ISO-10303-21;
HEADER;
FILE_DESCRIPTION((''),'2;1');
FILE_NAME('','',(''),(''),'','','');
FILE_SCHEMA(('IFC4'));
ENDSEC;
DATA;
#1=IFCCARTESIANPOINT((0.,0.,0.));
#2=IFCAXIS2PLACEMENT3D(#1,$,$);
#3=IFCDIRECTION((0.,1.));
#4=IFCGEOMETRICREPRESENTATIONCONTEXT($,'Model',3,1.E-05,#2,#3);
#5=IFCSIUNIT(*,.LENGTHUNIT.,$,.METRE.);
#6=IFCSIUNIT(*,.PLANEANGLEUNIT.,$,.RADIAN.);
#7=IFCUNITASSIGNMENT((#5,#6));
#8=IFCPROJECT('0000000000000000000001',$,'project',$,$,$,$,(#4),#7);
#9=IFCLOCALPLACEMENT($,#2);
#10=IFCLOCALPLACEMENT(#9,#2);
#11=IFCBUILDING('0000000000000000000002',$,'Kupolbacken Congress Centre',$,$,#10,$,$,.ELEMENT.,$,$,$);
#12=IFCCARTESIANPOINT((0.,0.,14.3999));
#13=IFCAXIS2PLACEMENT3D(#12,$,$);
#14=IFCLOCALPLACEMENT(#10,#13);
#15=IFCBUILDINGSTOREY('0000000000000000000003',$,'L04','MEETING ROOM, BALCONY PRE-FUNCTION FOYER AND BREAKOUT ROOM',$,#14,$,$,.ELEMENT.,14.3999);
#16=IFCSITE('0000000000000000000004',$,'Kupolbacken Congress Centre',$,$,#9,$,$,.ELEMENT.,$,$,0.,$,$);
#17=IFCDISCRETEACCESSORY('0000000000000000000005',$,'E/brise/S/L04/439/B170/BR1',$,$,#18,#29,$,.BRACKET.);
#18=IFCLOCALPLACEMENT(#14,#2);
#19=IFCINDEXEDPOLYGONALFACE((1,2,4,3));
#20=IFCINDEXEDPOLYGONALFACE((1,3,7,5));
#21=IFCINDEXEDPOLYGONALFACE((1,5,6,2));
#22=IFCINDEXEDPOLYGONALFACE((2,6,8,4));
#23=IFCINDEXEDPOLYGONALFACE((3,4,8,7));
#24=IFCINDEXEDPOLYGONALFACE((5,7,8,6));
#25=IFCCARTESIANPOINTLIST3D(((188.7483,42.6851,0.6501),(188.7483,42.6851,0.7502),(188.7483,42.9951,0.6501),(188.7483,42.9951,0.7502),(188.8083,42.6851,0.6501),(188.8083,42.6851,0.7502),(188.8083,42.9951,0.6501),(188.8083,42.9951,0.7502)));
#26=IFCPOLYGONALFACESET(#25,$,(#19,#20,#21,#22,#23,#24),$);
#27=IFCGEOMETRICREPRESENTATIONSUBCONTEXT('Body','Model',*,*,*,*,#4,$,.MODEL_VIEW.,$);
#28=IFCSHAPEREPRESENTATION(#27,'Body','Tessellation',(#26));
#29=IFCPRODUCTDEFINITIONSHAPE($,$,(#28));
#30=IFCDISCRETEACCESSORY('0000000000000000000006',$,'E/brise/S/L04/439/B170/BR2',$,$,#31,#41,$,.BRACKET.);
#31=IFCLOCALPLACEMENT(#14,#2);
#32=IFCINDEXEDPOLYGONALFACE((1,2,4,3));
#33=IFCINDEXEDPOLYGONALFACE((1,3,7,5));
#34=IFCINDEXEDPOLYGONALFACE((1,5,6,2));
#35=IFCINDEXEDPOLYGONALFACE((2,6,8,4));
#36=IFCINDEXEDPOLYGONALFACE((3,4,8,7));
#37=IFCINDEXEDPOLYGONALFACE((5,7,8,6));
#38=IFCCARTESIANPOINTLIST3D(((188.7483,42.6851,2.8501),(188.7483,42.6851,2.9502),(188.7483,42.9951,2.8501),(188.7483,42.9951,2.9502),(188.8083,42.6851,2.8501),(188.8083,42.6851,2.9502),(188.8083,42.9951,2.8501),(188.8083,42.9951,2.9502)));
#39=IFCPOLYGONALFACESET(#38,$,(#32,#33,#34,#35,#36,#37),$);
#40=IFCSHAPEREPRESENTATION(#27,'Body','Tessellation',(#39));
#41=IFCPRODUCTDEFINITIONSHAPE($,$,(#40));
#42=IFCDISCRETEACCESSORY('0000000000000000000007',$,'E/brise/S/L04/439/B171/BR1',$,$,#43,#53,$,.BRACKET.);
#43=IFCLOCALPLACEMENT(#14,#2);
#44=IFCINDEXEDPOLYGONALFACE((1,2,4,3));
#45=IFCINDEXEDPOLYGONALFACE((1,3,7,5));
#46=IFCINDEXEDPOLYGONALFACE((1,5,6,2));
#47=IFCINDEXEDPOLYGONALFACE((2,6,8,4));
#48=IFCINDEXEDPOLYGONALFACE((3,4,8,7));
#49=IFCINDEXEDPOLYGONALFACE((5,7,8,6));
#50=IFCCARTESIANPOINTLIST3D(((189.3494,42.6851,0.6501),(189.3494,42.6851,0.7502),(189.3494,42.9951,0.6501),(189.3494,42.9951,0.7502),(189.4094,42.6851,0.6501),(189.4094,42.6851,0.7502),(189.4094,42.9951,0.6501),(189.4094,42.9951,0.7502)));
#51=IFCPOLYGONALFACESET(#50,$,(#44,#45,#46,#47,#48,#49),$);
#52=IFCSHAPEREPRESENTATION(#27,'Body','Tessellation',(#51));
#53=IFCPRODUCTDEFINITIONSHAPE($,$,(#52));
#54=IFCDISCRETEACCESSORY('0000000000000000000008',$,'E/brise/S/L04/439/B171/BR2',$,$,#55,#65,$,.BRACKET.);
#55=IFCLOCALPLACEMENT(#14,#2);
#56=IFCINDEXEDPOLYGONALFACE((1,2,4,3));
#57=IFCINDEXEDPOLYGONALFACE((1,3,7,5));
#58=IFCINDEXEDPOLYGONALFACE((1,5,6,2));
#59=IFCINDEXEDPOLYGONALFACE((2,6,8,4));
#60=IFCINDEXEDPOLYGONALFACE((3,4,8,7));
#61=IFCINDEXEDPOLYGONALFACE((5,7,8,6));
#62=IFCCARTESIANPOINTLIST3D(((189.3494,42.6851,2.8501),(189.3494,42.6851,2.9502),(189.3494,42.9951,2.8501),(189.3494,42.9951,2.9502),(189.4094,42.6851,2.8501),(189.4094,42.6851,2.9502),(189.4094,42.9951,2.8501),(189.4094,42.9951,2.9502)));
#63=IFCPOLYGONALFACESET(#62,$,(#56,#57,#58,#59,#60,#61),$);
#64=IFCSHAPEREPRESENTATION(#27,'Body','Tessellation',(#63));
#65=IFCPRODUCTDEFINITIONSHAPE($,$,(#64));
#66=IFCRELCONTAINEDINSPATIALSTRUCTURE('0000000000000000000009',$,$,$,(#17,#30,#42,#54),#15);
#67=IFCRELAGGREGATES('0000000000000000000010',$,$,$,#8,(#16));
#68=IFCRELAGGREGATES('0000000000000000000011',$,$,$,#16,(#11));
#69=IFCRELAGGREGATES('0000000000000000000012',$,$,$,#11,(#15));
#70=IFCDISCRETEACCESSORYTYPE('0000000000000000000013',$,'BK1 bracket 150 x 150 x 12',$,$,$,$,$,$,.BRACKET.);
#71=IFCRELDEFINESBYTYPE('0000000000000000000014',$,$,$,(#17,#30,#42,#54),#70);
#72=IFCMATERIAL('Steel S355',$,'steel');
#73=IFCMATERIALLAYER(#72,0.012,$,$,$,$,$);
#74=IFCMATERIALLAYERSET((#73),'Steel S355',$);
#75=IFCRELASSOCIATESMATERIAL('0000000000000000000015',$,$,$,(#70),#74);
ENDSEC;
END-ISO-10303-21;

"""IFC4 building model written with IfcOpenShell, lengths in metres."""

from ifc_helpers import new_model, si_unit, direction, frame, origin, origin_2d, place, context, subcontext, project, spatial, rectangle, extrude, material, layer, layer_set, type_object, element, save


model = new_model("IFC4")

# Units and contexts
model_context = context("Model", 3, precision=1e-05, world=origin(), true_north=direction((0.0, 1.0)))
body_context = subcontext(model_context, "Body", "Model", "MODEL_VIEW")
ifc_project = project(units=[si_unit("LENGTHUNIT", "METRE"), si_unit("PLANEANGLEUNIT", "RADIAN")], contexts=[model_context])

# Site, building, storey
site_placement = place(None, origin())
site = spatial("IfcSite", under=ifc_project, at=site_placement, Name="Kupolbacken Congress Centre", CompositionType="ELEMENT", RefElevation=0.0)
building_placement = place(site_placement, origin())
building = spatial("IfcBuilding", under=site, at=building_placement, Name="Kupolbacken Congress Centre", CompositionType="ELEMENT")
storey_placement = place(building_placement, frame((0.0, 0.0, 14.3999)))
storey = spatial("IfcBuildingStorey", under=building, at=storey_placement, Name="L04", Description="MEETING ROOM, BALCONY PRE-FUNCTION FOYER AND BREAKOUT ROOM", CompositionType="ELEMENT", Elevation=14.3999)

# Discrete accessories
ifc_material_1 = material(Name="Steel S355", Category="steel")
ifc_layer_1 = layer(ifc_material_1, 0.012)
ifc_layer_set_1 = layer_set([ifc_layer_1], Name="Steel S355")
discrete_accessory_type = type_object("IfcDiscreteAccessoryType", Name="BK1 bracket 150 x 150 x 12", PredefinedType="BRACKET", material=ifc_layer_set_1)
for number, where, z_axis, x_axis, name in (
    (1, (188.7783, 42.8401, 0.6501), (0.0, 0.0, 1.0), (1.0, 0.0, 0.0), "E/brise/S/L04/439/B170/BR1"),
    (2, (188.7783, 42.8401, 2.8501), (0.0, 0.0, 1.0), (1.0, 0.0, 0.0), "E/brise/S/L04/439/B170/BR2"),
    (3, (189.3794, 42.8401, 0.6501), (0.0, 0.0, 1.0), (1.0, 0.0, 0.0), "E/brise/S/L04/439/B171/BR1"),
    (4, (189.3794, 42.8401, 2.8501), (0.0, 0.0, 1.0), (1.0, 0.0, 0.0), "E/brise/S/L04/439/B171/BR2"),
):
    element("IfcDiscreteAccessory", number, at=place(storey_placement, frame(where, z_axis=z_axis, x_axis=x_axis)), inside=storey, type_object=discrete_accessory_type, Name=name, PredefinedType="BRACKET", context=body_context, shape_type="SweptSolid", body=[
        extrude(rectangle(XDim=0.0601, YDim=0.3101, at=origin_2d()), origin(), (0.0, 0.0, 1.0), 0.1001),
    ])

save(model, "model.ifc")
